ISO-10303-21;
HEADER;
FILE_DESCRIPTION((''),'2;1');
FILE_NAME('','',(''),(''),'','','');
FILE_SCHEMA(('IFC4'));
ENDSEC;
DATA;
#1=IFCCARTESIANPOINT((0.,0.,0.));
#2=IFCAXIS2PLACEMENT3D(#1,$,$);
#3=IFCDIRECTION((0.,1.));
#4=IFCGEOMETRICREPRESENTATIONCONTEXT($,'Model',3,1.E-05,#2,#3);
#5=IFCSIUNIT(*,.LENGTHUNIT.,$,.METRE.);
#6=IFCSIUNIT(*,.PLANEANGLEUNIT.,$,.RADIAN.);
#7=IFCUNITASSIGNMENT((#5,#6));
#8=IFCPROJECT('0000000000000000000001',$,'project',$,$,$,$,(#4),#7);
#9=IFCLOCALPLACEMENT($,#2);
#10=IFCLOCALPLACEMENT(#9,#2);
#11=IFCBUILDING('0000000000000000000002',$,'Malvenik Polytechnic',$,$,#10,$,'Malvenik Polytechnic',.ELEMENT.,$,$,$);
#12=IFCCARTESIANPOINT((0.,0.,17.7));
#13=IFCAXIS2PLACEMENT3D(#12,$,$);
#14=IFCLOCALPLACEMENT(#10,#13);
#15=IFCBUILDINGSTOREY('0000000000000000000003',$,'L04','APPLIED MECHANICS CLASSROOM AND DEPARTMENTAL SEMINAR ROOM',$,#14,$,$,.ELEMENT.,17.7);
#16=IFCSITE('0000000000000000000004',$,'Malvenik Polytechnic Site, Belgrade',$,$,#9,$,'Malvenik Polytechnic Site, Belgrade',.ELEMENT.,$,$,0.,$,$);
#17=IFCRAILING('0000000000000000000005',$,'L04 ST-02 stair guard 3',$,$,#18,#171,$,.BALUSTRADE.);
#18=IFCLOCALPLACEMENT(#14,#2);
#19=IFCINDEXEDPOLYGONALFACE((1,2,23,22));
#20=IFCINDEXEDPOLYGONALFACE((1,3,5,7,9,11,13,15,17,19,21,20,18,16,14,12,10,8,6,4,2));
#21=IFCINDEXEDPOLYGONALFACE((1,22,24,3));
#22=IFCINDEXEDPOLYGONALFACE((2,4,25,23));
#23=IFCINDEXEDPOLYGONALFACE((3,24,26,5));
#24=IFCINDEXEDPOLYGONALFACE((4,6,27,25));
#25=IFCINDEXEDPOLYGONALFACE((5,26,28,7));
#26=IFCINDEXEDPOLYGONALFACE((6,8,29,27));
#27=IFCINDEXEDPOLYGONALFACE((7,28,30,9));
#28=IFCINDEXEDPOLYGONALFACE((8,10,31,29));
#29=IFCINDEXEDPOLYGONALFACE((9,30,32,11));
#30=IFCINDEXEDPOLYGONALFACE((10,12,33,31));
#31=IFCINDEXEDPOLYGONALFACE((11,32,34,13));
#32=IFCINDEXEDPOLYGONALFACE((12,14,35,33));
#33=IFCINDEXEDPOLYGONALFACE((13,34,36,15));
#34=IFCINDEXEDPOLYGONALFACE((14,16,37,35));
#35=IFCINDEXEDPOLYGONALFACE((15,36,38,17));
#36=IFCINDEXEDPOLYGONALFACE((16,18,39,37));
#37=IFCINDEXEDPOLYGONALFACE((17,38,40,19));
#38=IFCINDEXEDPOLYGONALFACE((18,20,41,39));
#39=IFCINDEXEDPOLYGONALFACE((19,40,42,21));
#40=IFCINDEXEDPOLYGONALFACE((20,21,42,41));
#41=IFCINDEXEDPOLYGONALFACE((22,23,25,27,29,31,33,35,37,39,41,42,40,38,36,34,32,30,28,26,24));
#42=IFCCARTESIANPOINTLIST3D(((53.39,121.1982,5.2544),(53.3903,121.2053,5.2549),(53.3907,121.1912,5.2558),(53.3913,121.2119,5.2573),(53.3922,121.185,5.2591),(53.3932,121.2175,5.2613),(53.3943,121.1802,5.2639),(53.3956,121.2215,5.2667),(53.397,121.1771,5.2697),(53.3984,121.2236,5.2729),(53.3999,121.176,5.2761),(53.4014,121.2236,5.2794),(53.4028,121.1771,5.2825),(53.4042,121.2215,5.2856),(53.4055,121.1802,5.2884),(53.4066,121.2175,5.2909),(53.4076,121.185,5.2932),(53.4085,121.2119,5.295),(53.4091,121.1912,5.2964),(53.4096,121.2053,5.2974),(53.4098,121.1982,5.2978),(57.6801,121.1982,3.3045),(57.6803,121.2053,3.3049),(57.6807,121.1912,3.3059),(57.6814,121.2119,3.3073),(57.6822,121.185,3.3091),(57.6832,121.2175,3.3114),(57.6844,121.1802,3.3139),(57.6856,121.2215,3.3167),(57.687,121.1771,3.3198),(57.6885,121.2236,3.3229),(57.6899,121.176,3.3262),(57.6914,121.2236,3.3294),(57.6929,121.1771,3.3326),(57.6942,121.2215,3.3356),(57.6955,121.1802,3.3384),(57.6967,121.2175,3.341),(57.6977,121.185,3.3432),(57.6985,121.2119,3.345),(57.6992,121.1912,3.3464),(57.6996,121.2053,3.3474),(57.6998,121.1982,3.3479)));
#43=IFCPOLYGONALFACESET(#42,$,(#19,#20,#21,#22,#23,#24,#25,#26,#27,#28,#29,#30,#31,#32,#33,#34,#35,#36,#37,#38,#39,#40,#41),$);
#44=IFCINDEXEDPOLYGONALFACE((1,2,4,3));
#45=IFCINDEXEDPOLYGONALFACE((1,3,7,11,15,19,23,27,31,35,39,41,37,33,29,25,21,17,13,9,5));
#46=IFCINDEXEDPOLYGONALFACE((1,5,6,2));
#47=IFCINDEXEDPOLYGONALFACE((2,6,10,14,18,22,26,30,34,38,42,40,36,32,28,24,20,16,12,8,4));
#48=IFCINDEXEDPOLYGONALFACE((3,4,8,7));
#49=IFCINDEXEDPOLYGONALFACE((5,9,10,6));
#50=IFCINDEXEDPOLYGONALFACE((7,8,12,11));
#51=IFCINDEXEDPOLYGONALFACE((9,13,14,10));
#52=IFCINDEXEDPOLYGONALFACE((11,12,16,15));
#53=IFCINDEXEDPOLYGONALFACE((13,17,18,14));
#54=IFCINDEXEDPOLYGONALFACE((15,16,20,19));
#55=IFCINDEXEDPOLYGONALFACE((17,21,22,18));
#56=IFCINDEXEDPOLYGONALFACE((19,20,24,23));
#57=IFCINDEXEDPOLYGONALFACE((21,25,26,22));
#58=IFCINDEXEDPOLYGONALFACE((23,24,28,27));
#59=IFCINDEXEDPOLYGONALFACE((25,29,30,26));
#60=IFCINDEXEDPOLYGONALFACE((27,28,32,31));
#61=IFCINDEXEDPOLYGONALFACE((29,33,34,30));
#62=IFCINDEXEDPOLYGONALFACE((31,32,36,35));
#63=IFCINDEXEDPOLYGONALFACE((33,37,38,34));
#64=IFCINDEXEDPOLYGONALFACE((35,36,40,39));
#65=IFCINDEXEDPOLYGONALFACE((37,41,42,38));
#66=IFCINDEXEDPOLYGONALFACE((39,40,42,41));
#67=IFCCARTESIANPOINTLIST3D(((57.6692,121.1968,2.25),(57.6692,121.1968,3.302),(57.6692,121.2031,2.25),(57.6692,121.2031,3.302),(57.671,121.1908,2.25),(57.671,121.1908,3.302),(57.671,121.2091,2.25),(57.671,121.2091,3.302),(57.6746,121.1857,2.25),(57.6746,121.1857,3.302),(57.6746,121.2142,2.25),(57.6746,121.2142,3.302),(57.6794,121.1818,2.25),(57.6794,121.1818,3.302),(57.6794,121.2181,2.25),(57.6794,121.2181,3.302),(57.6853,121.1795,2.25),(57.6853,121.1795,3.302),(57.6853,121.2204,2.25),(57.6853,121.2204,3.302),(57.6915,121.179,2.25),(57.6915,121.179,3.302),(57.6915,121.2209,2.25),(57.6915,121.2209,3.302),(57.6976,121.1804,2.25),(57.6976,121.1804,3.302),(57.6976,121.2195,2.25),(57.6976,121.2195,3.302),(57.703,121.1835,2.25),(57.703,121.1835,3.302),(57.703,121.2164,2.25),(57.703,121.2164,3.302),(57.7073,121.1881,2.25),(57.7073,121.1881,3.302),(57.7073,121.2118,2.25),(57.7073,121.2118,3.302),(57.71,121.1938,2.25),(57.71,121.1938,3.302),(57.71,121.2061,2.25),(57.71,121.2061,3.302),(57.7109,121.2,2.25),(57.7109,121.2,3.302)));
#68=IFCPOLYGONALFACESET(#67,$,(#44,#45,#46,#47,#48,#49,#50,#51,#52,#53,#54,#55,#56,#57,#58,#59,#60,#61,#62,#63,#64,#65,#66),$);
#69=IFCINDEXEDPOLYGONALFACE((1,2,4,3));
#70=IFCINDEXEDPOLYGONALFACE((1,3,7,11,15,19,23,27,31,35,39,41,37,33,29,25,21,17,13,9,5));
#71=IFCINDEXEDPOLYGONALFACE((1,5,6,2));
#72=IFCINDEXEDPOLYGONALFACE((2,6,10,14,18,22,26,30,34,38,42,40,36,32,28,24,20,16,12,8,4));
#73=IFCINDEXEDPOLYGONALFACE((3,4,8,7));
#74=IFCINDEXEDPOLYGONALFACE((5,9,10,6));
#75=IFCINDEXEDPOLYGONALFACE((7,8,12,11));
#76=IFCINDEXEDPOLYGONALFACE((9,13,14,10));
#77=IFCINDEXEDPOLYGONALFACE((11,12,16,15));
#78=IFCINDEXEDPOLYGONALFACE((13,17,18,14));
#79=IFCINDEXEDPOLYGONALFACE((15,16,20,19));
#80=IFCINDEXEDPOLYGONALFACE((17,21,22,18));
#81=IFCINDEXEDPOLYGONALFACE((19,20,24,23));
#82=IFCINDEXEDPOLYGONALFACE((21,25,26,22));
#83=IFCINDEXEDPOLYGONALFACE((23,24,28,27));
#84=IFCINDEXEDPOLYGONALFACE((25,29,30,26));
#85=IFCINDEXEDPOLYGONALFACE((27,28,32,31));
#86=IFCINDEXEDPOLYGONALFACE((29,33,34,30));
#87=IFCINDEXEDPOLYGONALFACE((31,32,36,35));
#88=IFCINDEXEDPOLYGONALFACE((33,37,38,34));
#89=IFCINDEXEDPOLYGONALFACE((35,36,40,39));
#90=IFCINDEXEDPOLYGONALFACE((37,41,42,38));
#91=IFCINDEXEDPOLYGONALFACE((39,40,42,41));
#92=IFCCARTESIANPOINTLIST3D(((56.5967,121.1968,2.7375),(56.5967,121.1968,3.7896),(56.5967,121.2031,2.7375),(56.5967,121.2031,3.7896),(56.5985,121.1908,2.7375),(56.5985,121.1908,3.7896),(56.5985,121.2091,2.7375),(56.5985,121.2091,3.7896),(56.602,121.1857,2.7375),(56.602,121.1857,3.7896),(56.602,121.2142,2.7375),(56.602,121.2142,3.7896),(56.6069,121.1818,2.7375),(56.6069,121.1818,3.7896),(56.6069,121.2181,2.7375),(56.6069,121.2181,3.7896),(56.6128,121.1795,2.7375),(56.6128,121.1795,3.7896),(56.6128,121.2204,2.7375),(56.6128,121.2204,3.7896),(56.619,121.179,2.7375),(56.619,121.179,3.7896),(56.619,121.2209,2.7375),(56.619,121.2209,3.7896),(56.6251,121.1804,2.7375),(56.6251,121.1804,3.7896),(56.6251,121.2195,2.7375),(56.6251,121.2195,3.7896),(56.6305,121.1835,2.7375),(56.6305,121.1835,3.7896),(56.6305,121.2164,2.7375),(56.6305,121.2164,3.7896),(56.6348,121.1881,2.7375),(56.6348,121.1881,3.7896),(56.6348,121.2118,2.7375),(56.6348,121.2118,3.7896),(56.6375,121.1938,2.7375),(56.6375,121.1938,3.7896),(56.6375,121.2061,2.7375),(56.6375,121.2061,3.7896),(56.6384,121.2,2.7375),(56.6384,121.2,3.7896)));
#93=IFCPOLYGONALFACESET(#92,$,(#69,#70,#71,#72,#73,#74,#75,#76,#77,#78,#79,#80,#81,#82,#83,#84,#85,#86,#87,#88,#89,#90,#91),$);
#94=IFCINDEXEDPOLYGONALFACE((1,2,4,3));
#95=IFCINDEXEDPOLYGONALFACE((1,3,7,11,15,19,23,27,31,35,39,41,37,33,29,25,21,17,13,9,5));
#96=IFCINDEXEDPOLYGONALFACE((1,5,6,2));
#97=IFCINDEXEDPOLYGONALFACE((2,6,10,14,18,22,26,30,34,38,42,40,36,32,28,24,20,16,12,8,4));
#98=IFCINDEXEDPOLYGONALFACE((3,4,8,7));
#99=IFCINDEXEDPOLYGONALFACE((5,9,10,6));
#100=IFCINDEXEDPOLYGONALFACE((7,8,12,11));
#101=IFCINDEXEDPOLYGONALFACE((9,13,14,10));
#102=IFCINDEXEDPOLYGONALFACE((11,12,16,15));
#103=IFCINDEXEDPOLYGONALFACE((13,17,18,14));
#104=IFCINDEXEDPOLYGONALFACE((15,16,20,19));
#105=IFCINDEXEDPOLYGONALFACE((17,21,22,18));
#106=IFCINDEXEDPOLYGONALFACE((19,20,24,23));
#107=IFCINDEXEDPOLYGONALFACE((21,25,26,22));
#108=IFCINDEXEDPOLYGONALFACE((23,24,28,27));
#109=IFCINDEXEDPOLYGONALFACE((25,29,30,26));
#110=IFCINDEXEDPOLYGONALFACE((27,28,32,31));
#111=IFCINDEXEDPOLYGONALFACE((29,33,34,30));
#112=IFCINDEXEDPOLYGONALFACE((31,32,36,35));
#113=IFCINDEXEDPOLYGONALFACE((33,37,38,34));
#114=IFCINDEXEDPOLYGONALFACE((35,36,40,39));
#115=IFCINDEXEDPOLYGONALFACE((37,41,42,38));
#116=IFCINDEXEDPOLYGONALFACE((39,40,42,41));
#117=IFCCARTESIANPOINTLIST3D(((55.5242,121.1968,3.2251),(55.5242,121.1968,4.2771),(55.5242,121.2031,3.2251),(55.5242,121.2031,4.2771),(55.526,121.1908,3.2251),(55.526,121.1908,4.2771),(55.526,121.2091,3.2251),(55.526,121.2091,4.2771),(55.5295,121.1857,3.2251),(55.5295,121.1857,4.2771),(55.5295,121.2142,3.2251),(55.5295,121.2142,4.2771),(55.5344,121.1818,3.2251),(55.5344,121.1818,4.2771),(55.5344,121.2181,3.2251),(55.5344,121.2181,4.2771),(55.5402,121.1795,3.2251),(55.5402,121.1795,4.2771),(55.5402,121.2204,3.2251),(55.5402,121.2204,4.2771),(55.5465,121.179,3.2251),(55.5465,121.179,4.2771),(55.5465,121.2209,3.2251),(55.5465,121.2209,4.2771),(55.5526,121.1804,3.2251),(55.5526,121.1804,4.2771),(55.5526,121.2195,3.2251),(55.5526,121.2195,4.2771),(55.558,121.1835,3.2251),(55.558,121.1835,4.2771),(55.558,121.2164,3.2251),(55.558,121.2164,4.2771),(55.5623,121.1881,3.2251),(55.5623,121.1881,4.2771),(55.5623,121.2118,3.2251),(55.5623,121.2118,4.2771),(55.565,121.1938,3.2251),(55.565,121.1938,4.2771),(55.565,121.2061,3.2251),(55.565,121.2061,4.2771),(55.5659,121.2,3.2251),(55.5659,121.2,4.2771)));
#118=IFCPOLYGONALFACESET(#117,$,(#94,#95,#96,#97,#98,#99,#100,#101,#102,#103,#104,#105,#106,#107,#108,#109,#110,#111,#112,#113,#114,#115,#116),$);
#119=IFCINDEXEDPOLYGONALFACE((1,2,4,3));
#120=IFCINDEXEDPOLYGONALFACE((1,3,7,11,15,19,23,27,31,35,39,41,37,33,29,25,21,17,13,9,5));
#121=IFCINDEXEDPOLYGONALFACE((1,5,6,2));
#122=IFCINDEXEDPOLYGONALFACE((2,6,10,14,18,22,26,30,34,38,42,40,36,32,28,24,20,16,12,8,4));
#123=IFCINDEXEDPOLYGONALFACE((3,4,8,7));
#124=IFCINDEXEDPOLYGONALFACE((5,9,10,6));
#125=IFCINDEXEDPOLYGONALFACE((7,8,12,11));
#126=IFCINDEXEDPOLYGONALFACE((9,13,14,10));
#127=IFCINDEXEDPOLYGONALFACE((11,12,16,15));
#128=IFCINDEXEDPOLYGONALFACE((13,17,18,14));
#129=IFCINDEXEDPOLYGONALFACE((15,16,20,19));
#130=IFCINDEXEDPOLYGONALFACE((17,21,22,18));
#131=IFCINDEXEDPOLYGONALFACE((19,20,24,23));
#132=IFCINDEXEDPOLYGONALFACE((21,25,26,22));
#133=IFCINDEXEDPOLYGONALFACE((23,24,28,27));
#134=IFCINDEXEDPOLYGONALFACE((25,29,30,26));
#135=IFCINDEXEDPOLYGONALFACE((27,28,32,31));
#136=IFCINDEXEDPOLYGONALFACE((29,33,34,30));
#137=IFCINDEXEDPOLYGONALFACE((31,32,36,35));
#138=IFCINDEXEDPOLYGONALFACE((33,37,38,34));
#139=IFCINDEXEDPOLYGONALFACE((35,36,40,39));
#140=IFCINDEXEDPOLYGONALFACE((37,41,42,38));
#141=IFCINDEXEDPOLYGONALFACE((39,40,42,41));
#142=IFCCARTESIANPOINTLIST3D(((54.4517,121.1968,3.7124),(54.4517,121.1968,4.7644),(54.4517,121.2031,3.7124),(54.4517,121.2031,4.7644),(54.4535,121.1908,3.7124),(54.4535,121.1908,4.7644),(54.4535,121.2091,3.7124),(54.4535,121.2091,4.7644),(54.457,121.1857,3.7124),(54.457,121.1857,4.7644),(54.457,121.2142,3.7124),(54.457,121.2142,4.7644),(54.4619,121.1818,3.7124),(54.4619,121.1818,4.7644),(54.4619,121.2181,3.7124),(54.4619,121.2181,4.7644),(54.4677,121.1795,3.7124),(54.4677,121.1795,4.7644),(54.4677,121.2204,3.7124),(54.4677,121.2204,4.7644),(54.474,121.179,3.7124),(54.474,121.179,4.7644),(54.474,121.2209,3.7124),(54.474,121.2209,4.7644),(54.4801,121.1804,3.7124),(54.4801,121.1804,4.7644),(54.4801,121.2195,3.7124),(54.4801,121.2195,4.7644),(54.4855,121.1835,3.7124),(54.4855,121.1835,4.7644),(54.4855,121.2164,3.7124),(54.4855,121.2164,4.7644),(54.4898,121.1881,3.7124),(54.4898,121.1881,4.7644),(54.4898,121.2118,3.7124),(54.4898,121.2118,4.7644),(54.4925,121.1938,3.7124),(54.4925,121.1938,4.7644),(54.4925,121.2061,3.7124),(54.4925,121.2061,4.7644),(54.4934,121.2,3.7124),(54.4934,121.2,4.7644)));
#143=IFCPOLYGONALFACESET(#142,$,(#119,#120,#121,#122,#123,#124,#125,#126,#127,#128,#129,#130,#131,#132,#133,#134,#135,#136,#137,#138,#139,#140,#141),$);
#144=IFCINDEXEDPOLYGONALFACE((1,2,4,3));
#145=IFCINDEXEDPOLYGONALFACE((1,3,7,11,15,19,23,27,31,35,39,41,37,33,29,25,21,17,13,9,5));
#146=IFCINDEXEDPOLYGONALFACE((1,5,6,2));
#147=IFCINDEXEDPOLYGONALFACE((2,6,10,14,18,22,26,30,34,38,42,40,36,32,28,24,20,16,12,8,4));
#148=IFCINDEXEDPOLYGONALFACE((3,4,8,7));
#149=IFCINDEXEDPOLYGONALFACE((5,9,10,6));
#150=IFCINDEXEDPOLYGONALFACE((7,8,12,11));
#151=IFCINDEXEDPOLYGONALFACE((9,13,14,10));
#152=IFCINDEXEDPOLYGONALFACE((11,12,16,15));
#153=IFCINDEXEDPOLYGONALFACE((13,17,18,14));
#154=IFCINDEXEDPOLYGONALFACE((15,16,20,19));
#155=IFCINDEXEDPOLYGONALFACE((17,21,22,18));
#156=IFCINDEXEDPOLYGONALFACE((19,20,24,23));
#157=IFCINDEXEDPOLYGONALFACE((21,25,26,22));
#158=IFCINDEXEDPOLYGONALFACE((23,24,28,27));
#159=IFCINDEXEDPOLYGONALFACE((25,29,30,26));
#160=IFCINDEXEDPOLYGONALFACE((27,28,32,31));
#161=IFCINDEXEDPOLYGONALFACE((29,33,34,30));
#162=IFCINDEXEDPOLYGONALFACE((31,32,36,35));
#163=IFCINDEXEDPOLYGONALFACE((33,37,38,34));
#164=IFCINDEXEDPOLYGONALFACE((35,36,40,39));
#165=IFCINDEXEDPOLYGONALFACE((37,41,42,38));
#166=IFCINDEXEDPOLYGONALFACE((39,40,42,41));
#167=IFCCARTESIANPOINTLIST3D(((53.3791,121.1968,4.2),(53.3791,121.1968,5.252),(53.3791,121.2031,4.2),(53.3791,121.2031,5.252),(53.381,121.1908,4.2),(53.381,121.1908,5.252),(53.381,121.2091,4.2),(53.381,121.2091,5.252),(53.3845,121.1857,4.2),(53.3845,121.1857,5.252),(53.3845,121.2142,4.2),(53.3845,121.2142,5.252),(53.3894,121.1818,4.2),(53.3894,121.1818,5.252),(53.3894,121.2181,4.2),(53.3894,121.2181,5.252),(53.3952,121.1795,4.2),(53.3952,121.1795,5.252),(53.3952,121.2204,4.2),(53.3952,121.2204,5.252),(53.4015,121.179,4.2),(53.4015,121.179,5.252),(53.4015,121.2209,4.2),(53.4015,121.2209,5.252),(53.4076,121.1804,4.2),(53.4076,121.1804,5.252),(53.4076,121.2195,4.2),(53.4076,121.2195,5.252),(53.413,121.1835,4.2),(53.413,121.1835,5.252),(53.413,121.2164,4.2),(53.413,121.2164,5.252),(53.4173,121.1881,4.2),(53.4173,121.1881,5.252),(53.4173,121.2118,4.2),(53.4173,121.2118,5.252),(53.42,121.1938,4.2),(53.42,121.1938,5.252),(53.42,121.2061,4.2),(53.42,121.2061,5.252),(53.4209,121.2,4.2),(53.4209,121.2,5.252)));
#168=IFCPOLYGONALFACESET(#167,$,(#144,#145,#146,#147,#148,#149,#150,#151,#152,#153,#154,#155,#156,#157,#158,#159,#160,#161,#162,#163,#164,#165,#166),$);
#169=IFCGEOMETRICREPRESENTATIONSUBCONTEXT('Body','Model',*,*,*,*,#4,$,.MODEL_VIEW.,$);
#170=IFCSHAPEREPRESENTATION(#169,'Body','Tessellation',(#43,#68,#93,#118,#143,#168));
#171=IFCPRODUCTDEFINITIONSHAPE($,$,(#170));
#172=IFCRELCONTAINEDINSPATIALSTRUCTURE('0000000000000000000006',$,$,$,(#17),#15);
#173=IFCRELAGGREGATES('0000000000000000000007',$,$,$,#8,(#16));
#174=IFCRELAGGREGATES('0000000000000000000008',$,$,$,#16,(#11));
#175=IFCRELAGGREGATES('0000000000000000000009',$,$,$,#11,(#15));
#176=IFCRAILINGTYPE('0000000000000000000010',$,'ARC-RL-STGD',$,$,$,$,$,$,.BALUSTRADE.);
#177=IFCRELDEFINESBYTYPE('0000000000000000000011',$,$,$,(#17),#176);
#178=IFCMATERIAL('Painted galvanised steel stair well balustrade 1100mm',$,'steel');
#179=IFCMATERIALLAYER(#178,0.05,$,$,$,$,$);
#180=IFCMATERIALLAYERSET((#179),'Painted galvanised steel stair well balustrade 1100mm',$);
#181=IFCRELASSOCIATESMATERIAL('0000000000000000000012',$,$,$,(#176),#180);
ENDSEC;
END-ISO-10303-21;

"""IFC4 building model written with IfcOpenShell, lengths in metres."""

from ifc_helpers import new_model, si_unit, direction, frame, origin, origin_2d, place, context, subcontext, project, spatial, circle, extrude, material, layer, layer_set, type_object, element, save


model = new_model("IFC4")

# Units and contexts
model_context = context("Model", 3, precision=1e-05, world=origin(), true_north=direction((0.0, 1.0)))
body_context = subcontext(model_context, "Body", "Model", "MODEL_VIEW")
ifc_project = project(units=[si_unit("LENGTHUNIT", "METRE"), si_unit("PLANEANGLEUNIT", "RADIAN")], contexts=[model_context])

# Site, building, storey
site_placement = place(None, origin())
site = spatial("IfcSite", under=ifc_project, at=site_placement, Name="Malvenik Polytechnic Site, Belgrade", LongName="Malvenik Polytechnic Site, Belgrade", CompositionType="ELEMENT", RefElevation=0.0)
building_placement = place(site_placement, origin())
building = spatial("IfcBuilding", under=site, at=building_placement, Name="Malvenik Polytechnic", LongName="Malvenik Polytechnic", CompositionType="ELEMENT")
storey_placement = place(building_placement, frame((0.0, 0.0, 17.7)))
storey = spatial("IfcBuildingStorey", under=building, at=storey_placement, Name="L04", Description="APPLIED MECHANICS CLASSROOM AND DEPARTMENTAL SEMINAR ROOM", CompositionType="ELEMENT", Elevation=17.7)

# Railing
ifc_material_1 = material(Name="Painted galvanised steel stair well balustrade 1100mm", Category="steel")
ifc_layer_1 = layer(ifc_material_1, 0.05)
ifc_layer_set_1 = layer_set([ifc_layer_1], Name="Painted galvanised steel stair well balustrade 1100mm")
railing_type_1 = type_object("IfcRailingType", Name="ARC-RL-STGD", PredefinedType="BALUSTRADE", material=ifc_layer_set_1)
railing_1_placement = place(storey_placement, frame((57.6899, 121.2, 2.25)))
element("IfcRailing", 1, at=railing_1_placement, inside=storey, type_object=railing_type_1, Name="L04 ST-02 stair guard 3", PredefinedType="BALUSTRADE", context=body_context, shape_type="SweptSolid", body=[
    extrude(circle(Radius=0.0239, at=origin_2d()), frame((0.0, 0.0, 1.0762), z_axis=(-0.910372, 0.0, 0.413791), x_axis=(0.0, -1.0, 0.0)), (0.0, 0.0, 1.0), 4.7124),
    extrude(circle(Radius=0.021, at=origin_2d()), origin(), (0.0, 0.0, 1.0), 1.052),
    extrude(circle(Radius=0.021, at=origin_2d()), frame((-1.0725, 0.0, 0.4875)), (0.0, 0.0, 1.0), 1.052),
    extrude(circle(Radius=0.021, at=origin_2d()), frame((-2.145, 0.0, 0.9751)), (0.0, 0.0, 1.0), 1.052),
    extrude(circle(Radius=0.021, at=origin_2d()), frame((-3.2175, 0.0, 1.4624)), (0.0, 0.0, 1.0), 1.052),
    extrude(circle(Radius=0.021, at=origin_2d()), frame((-4.29, 0.0, 1.95)), (0.0, 0.0, 1.0), 1.052),
])

save(model, "model.ifc")
